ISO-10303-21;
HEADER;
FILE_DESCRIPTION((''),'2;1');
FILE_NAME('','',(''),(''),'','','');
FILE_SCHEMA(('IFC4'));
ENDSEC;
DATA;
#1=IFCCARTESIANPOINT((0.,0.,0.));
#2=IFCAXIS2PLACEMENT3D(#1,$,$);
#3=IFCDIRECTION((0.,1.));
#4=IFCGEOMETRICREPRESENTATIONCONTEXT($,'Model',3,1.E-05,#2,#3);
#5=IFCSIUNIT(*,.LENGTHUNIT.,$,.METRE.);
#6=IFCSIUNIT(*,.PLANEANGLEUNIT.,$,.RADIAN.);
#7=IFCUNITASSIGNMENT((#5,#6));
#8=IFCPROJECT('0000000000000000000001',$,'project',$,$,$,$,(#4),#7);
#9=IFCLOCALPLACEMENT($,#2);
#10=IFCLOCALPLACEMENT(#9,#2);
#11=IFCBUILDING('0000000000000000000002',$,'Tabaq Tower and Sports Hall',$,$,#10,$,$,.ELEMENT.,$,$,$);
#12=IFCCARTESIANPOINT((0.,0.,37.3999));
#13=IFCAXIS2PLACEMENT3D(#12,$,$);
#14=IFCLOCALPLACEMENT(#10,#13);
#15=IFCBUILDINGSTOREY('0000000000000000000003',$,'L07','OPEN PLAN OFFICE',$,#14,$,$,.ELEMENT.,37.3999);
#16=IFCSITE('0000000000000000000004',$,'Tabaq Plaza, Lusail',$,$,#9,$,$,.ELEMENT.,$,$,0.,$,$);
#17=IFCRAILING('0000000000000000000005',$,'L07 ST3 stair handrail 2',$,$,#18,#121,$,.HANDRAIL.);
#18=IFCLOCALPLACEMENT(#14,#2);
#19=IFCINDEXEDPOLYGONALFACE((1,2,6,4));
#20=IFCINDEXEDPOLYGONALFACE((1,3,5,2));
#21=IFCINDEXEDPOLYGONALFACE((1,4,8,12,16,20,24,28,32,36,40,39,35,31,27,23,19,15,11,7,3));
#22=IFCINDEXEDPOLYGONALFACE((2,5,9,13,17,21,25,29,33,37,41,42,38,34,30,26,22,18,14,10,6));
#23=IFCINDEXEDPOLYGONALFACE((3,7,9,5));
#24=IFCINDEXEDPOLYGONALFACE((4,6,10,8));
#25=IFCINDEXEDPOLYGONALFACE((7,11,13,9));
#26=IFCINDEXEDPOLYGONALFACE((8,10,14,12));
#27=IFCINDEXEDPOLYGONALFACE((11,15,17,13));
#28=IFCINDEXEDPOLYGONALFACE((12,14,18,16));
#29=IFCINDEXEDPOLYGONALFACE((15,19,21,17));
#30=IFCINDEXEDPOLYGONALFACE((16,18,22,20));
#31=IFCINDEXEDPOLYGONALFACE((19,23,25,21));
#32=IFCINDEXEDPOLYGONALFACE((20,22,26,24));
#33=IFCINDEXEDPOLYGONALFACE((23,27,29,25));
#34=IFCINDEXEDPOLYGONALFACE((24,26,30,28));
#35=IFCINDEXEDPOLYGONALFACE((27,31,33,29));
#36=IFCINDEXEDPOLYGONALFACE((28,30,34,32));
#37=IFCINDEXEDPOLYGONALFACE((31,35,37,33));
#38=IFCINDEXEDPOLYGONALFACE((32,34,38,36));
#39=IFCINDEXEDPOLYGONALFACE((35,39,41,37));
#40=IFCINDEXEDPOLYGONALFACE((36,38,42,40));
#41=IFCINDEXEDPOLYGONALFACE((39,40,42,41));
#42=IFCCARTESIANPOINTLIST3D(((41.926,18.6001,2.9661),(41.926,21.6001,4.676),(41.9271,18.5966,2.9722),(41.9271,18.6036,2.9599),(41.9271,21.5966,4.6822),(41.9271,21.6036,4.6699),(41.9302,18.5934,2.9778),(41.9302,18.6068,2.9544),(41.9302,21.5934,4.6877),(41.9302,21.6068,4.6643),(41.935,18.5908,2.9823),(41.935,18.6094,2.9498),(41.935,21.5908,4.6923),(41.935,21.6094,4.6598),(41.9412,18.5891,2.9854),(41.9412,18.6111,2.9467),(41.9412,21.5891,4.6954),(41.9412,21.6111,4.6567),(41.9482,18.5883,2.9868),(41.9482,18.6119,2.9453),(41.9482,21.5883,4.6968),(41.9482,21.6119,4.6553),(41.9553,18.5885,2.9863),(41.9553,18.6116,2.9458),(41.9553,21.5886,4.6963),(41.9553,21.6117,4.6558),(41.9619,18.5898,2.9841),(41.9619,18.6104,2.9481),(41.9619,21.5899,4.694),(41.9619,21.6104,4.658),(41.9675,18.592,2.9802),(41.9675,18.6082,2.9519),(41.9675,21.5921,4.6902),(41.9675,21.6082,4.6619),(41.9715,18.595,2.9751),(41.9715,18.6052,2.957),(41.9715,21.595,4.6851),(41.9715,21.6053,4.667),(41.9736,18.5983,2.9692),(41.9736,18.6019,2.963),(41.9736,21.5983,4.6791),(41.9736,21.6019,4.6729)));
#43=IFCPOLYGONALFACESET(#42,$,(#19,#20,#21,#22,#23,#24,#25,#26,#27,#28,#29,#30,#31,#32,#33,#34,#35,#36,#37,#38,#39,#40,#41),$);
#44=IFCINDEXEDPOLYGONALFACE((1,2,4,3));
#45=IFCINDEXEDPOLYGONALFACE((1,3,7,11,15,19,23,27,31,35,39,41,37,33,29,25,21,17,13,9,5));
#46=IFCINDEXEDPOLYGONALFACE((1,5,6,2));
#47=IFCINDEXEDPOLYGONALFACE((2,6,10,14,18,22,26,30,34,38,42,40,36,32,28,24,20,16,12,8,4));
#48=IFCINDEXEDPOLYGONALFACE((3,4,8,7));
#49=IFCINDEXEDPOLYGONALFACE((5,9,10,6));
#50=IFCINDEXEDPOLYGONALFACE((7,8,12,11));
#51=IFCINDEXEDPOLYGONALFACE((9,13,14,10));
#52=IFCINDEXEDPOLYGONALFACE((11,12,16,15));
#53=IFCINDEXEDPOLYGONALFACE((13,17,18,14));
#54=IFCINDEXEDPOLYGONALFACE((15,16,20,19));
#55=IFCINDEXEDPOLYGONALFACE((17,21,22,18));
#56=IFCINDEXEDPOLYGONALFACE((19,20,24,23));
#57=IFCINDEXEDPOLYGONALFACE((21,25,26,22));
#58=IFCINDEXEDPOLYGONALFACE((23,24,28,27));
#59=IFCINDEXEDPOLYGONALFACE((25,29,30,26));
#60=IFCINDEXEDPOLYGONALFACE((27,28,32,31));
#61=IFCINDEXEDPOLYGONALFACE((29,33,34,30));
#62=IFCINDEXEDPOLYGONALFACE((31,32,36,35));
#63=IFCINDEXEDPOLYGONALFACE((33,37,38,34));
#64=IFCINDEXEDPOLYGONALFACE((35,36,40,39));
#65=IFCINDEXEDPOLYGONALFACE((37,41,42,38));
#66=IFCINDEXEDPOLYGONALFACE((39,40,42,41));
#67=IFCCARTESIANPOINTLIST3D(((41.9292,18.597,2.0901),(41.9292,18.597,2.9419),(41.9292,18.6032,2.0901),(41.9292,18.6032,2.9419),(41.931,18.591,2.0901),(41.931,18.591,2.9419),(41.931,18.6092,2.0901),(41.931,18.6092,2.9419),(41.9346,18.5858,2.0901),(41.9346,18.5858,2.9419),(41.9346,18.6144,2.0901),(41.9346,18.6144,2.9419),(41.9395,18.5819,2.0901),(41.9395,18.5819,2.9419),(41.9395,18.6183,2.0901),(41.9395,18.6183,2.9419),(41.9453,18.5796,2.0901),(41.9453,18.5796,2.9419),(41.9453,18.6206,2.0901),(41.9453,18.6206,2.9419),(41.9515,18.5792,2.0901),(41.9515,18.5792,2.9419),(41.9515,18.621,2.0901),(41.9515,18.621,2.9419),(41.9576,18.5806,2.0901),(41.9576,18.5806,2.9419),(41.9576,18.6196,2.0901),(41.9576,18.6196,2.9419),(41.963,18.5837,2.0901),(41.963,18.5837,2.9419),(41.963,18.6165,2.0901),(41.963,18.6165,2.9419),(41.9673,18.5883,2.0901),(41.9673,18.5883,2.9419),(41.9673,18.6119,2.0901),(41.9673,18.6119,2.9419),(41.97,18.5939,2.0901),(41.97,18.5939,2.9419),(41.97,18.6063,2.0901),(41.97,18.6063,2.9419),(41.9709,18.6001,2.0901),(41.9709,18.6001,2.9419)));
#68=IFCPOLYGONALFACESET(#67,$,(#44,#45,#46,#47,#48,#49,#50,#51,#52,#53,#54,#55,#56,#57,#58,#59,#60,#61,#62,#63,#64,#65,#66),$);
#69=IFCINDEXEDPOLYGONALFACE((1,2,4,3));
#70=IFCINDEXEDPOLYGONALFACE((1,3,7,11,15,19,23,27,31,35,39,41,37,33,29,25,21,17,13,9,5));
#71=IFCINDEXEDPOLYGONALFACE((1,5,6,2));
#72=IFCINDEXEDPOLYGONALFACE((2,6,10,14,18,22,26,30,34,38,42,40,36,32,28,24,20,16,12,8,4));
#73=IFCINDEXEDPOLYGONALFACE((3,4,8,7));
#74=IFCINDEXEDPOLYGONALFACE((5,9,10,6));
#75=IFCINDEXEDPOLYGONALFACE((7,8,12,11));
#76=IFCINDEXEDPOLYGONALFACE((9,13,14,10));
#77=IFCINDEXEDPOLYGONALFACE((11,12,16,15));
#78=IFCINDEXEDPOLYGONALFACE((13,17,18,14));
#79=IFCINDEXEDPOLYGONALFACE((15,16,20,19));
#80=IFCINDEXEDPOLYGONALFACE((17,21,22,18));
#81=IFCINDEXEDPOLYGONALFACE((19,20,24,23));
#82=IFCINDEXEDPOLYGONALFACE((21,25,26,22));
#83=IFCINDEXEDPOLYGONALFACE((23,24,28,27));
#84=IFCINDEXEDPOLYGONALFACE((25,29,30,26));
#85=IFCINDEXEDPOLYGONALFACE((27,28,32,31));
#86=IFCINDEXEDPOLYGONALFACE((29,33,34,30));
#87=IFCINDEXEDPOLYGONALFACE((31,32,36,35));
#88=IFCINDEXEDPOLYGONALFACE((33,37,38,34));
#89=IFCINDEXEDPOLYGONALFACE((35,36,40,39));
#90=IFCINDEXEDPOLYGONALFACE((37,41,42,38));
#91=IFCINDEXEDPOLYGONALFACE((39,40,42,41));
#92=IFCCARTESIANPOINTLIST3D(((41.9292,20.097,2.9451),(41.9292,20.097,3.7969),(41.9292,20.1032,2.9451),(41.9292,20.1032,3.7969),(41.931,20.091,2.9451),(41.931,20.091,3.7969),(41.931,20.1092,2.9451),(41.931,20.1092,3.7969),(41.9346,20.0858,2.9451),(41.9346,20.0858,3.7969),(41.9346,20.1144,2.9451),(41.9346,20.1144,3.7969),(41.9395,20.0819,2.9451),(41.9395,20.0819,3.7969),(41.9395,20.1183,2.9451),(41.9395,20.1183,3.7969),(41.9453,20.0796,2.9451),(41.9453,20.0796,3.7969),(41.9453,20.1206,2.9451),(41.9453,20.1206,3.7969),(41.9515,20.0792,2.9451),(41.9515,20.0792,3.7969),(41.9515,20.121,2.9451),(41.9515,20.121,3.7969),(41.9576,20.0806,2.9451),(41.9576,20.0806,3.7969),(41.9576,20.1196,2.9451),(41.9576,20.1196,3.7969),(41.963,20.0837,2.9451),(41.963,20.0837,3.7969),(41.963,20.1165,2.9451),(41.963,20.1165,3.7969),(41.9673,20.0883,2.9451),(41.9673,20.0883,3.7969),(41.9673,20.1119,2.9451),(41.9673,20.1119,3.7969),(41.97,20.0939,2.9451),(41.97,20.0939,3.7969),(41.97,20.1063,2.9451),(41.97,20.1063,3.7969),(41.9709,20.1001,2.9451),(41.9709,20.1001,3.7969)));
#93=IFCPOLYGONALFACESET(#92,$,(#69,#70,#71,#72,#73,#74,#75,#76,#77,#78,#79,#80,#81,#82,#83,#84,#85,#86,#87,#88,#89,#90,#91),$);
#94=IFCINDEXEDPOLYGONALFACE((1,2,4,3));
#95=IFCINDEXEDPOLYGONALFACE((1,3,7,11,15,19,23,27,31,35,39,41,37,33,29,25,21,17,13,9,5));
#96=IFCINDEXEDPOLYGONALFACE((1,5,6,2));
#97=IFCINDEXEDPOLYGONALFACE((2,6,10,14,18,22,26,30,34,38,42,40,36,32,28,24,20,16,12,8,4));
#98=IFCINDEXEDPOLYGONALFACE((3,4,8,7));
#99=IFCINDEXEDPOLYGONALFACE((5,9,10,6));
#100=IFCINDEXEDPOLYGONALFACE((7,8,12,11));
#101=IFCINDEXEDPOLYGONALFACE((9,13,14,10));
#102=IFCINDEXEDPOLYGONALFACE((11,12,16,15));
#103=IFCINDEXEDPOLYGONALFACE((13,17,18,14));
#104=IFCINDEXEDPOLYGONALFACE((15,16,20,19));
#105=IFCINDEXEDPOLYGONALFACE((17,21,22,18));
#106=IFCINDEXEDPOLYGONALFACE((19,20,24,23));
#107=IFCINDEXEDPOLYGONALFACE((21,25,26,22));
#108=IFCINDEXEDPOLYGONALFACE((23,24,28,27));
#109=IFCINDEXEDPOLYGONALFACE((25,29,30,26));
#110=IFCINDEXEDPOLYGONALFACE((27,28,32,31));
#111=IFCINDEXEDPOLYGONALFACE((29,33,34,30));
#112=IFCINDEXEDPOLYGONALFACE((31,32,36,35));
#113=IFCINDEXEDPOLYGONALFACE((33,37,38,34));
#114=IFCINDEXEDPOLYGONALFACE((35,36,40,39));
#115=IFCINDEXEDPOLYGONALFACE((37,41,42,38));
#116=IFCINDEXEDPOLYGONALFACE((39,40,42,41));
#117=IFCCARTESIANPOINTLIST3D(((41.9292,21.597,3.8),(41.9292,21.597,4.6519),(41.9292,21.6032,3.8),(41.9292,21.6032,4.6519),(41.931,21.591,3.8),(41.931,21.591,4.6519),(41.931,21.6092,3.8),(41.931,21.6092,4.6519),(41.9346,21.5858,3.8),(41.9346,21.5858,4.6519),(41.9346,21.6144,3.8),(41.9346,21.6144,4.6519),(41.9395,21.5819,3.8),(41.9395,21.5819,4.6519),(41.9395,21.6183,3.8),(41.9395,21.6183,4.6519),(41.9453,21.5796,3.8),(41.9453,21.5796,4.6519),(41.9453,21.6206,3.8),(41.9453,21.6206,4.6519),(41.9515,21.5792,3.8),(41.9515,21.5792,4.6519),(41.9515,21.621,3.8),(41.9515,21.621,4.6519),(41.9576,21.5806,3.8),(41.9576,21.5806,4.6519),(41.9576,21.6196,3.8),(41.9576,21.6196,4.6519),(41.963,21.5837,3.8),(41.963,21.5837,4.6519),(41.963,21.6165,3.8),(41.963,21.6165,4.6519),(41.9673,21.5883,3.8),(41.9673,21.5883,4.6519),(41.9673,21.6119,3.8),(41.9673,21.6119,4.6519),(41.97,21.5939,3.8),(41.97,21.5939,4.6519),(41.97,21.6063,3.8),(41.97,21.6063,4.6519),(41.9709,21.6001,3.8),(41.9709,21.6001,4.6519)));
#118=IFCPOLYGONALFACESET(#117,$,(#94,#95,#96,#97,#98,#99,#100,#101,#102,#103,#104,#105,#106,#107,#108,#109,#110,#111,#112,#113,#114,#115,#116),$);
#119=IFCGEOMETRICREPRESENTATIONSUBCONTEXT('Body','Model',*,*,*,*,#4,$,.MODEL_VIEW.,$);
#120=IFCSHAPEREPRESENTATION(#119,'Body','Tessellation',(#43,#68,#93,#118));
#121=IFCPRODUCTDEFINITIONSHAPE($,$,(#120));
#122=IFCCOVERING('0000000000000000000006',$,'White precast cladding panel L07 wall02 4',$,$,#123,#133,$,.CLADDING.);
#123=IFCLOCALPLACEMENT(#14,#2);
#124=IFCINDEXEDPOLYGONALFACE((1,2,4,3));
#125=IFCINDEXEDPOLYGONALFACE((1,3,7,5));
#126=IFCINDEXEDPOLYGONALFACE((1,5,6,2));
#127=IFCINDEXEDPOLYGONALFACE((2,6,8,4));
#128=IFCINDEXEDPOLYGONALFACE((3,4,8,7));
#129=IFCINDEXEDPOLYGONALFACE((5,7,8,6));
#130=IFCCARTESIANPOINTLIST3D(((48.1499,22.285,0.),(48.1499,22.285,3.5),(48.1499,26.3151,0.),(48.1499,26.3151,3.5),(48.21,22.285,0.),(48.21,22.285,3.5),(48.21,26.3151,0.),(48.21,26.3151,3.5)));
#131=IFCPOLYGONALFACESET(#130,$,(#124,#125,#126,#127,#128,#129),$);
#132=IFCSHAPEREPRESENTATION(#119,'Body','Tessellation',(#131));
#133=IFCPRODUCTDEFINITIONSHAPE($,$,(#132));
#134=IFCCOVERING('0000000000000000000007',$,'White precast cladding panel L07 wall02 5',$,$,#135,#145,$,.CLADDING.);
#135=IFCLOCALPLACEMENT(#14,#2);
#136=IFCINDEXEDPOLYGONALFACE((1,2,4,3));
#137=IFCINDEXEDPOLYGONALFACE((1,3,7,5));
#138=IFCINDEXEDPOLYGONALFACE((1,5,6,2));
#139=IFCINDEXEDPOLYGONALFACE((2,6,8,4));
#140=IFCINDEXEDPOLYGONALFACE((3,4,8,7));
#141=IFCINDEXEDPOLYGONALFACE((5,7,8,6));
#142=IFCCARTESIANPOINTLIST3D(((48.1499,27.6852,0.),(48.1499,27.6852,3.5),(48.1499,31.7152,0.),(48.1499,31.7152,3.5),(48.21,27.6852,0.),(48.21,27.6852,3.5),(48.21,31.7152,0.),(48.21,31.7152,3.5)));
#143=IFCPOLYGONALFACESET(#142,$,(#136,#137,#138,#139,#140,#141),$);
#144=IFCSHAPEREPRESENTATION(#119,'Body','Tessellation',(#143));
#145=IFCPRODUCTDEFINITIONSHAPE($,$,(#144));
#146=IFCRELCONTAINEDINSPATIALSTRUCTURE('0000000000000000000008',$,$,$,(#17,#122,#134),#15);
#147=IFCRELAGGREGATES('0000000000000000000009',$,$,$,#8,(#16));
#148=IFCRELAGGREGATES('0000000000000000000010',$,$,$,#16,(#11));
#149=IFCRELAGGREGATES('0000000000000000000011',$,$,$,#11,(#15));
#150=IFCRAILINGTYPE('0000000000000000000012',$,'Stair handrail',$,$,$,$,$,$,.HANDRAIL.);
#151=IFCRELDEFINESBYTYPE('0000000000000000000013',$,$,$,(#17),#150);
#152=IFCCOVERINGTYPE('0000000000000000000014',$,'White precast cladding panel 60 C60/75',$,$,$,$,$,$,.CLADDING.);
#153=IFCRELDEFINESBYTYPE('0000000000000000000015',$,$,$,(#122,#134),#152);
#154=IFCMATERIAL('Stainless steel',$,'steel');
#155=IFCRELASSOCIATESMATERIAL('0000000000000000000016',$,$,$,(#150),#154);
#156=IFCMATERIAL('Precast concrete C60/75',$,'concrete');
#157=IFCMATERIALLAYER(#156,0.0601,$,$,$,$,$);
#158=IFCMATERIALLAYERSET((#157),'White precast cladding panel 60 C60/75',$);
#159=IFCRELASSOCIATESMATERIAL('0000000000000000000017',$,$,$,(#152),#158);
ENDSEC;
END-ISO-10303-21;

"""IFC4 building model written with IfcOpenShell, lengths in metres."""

from ifc_helpers import new_model, si_unit, direction, frame, frame_2d, origin, origin_2d, place, context, subcontext, project, spatial, rectangle, circle, extrude, material, layer, layer_set, type_object, element, save


model = new_model("IFC4")

# Units and contexts
model_context = context("Model", 3, precision=1e-05, world=origin(), true_north=direction((0.0, 1.0)))
body_context = subcontext(model_context, "Body", "Model", "MODEL_VIEW")
ifc_project = project(units=[si_unit("LENGTHUNIT", "METRE"), si_unit("PLANEANGLEUNIT", "RADIAN")], contexts=[model_context])

# Site, building, storey
site_placement = place(None, origin())
site = spatial("IfcSite", under=ifc_project, at=site_placement, Name="Tabaq Plaza, Lusail", CompositionType="ELEMENT", RefElevation=0.0)
building_placement = place(site_placement, origin())
building = spatial("IfcBuilding", under=site, at=building_placement, Name="Tabaq Tower and Sports Hall", CompositionType="ELEMENT")
storey_placement = place(building_placement, frame((0.0, 0.0, 37.3999)))
storey = spatial("IfcBuildingStorey", under=building, at=storey_placement, Name="L07", Description="OPEN PLAN OFFICE", CompositionType="ELEMENT", Elevation=37.3999)

# Railing
ifc_material_1 = material(Name="Stainless steel", Category="steel")
railing_type_1 = type_object("IfcRailingType", Name="Stair handrail", PredefinedType="HANDRAIL", material=ifc_material_1)
railing_1_placement = place(storey_placement, frame((41.95, 18.6001, 2.0901)))
element("IfcRailing", 1, at=railing_1_placement, inside=storey, type_object=railing_type_1, Name="L07 ST3 stair handrail 2", PredefinedType="HANDRAIL", context=body_context, shape_type="SweptSolid", body=[
    extrude(circle(Radius=0.0239, at=origin_2d()), frame((0.0, 0.0, 0.876), z_axis=(0.0, 0.868782, 0.495195), x_axis=(-1.0, 0.0, 0.0)), (0.0, 0.0, 1.0), 3.4531),
    extrude(circle(Radius=0.021, at=origin_2d()), origin(), (0.0, 0.0, 1.0), 0.8518),
    extrude(circle(Radius=0.021, at=origin_2d()), frame((0.0, 1.5, 0.855)), (0.0, 0.0, 1.0), 0.8518),
    extrude(circle(Radius=0.021, at=origin_2d()), frame((0.0, 3.0, 1.71)), (0.0, 0.0, 1.0), 0.8518),
])

# Coverings
ifc_material_2 = material(Name="Precast concrete C60/75", Category="concrete")
ifc_layer_1 = layer(ifc_material_2, 0.0601)
ifc_layer_set_1 = layer_set([ifc_layer_1], Name="White precast cladding panel 60 C60/75")
covering_type_1 = type_object("IfcCoveringType", Name="White precast cladding panel 60 C60/75", PredefinedType="CLADDING", material=ifc_layer_set_1)
for number, where, z_axis, x_axis, name in (
    (2, (48.1799, 22.2849, 0.0), (0.0, 0.0, 1.0), (0.0, 1.0, 0.0), "White precast cladding panel L07 wall02 4"),
    (3, (48.1799, 27.6851, 0.0), (0.0, 0.0, 1.0), (0.0, 1.0, 0.0), "White precast cladding panel L07 wall02 5"),
):
    element("IfcCovering", number, at=place(storey_placement, frame(where, z_axis=z_axis, x_axis=x_axis)), inside=storey, type_object=covering_type_1, Name=name, PredefinedType="CLADDING", context=body_context, shape_type="SweptSolid", body=[
        extrude(rectangle(XDim=4.03, YDim=0.0601, at=frame_2d((2.0151, 0.0))), origin(), (0.0, 0.0, 1.0), 3.5),
    ])

save(model, "model.ifc")
